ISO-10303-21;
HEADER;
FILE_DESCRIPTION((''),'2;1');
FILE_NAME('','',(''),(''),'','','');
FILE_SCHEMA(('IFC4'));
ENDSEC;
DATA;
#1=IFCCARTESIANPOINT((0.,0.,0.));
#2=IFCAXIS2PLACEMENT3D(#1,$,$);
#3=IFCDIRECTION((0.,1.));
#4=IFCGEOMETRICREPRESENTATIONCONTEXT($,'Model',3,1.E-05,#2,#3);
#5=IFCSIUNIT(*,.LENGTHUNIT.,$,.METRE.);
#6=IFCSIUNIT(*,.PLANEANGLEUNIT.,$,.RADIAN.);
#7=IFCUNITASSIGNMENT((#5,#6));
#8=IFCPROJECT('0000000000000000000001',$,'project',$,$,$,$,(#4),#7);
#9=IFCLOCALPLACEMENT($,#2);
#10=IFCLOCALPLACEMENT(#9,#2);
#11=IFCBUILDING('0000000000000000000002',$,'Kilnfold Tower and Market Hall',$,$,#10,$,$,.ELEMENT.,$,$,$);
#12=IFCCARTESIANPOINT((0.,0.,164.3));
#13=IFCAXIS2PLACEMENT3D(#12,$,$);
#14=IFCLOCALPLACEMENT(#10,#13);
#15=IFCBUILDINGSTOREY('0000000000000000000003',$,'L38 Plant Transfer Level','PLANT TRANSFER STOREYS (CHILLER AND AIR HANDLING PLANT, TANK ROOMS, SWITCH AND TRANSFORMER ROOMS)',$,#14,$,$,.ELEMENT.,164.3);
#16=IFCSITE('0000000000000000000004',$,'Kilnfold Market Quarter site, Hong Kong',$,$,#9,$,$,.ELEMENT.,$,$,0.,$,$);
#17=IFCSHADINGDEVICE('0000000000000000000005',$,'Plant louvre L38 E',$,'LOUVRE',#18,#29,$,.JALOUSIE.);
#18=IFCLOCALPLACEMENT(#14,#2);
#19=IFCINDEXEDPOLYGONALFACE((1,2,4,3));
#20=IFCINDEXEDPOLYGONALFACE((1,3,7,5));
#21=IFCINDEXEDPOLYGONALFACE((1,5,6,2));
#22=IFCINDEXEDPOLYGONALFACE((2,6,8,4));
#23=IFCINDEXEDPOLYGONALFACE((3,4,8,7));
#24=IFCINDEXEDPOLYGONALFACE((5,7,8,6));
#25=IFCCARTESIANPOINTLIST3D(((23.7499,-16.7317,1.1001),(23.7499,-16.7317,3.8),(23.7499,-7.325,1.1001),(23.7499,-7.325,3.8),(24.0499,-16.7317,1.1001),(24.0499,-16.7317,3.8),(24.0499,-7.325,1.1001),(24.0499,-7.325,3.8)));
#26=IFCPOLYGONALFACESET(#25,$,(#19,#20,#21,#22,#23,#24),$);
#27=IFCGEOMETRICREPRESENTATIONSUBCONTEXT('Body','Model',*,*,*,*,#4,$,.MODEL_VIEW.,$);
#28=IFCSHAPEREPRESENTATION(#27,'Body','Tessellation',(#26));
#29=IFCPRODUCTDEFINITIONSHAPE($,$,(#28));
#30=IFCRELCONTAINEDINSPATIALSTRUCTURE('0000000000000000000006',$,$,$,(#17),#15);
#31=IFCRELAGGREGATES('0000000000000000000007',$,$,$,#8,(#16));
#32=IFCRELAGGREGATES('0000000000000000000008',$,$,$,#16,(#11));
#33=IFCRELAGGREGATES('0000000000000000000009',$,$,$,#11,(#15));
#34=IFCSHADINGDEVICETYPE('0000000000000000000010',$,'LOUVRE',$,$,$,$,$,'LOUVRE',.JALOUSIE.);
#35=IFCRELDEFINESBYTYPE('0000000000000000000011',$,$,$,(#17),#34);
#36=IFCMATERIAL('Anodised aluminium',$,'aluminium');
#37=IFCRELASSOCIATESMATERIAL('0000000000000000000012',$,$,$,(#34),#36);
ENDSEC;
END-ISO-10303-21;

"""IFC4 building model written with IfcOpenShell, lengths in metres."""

from ifc_helpers import new_model, si_unit, direction, frame, origin, origin_2d, place, context, subcontext, project, spatial, rectangle, extrude, source, transform, mapped, material, type_object, element, save


model = new_model("IFC4")

# Units and contexts
model_context = context("Model", 3, precision=1e-05, world=origin(), true_north=direction((0.0, 1.0)))
body_context = subcontext(model_context, "Body", "Model", "MODEL_VIEW")
ifc_project = project(units=[si_unit("LENGTHUNIT", "METRE"), si_unit("PLANEANGLEUNIT", "RADIAN")], contexts=[model_context])

# Site, building, storey
site_placement = place(None, origin())
site = spatial("IfcSite", under=ifc_project, at=site_placement, Name="Kilnfold Market Quarter site, Hong Kong", CompositionType="ELEMENT", RefElevation=0.0)
building_placement = place(site_placement, origin())
building = spatial("IfcBuilding", under=site, at=building_placement, Name="Kilnfold Tower and Market Hall", CompositionType="ELEMENT")
storey_placement = place(building_placement, frame((0.0, 0.0, 164.3)))
storey = spatial("IfcBuildingStorey", under=building, at=storey_placement, Name="L38 Plant Transfer Level", Description="PLANT TRANSFER STOREYS (CHILLER AND AIR HANDLING PLANT, TANK ROOMS, SWITCH AND TRANSFORMER ROOMS)", CompositionType="ELEMENT", Elevation=164.3)

# Shading device
ifc_material_1 = material(Name="Anodised aluminium", Category="aluminium")
shading_device_type_1 = type_object("IfcShadingDeviceType", Name="LOUVRE", ElementType="LOUVRE", PredefinedType="JALOUSIE", material=ifc_material_1)
shared_shape_1 = source(origin(), body_context, "Body", "SweptSolid", [
    extrude(rectangle(XDim=9.4067, YDim=0.3, at=origin_2d()), origin(), (0.0, 0.0, 1.0), 2.7),
])
shading_device_1_placement = place(storey_placement, frame((23.8999, -12.0283, 1.1001), z_axis=(0.0, 0.0, 1.0), x_axis=(0.0, 1.0, 0.0)))
element("IfcShadingDevice", 1, at=shading_device_1_placement, inside=storey, type_object=shading_device_type_1, Name="Plant louvre L38 E", ObjectType="LOUVRE", PredefinedType="JALOUSIE", context=body_context, shape_type="MappedRepresentation", body=[
    mapped(shared_shape_1, transform((0.0, 0.0, 0.0))),
])

save(model, "model.ifc")
